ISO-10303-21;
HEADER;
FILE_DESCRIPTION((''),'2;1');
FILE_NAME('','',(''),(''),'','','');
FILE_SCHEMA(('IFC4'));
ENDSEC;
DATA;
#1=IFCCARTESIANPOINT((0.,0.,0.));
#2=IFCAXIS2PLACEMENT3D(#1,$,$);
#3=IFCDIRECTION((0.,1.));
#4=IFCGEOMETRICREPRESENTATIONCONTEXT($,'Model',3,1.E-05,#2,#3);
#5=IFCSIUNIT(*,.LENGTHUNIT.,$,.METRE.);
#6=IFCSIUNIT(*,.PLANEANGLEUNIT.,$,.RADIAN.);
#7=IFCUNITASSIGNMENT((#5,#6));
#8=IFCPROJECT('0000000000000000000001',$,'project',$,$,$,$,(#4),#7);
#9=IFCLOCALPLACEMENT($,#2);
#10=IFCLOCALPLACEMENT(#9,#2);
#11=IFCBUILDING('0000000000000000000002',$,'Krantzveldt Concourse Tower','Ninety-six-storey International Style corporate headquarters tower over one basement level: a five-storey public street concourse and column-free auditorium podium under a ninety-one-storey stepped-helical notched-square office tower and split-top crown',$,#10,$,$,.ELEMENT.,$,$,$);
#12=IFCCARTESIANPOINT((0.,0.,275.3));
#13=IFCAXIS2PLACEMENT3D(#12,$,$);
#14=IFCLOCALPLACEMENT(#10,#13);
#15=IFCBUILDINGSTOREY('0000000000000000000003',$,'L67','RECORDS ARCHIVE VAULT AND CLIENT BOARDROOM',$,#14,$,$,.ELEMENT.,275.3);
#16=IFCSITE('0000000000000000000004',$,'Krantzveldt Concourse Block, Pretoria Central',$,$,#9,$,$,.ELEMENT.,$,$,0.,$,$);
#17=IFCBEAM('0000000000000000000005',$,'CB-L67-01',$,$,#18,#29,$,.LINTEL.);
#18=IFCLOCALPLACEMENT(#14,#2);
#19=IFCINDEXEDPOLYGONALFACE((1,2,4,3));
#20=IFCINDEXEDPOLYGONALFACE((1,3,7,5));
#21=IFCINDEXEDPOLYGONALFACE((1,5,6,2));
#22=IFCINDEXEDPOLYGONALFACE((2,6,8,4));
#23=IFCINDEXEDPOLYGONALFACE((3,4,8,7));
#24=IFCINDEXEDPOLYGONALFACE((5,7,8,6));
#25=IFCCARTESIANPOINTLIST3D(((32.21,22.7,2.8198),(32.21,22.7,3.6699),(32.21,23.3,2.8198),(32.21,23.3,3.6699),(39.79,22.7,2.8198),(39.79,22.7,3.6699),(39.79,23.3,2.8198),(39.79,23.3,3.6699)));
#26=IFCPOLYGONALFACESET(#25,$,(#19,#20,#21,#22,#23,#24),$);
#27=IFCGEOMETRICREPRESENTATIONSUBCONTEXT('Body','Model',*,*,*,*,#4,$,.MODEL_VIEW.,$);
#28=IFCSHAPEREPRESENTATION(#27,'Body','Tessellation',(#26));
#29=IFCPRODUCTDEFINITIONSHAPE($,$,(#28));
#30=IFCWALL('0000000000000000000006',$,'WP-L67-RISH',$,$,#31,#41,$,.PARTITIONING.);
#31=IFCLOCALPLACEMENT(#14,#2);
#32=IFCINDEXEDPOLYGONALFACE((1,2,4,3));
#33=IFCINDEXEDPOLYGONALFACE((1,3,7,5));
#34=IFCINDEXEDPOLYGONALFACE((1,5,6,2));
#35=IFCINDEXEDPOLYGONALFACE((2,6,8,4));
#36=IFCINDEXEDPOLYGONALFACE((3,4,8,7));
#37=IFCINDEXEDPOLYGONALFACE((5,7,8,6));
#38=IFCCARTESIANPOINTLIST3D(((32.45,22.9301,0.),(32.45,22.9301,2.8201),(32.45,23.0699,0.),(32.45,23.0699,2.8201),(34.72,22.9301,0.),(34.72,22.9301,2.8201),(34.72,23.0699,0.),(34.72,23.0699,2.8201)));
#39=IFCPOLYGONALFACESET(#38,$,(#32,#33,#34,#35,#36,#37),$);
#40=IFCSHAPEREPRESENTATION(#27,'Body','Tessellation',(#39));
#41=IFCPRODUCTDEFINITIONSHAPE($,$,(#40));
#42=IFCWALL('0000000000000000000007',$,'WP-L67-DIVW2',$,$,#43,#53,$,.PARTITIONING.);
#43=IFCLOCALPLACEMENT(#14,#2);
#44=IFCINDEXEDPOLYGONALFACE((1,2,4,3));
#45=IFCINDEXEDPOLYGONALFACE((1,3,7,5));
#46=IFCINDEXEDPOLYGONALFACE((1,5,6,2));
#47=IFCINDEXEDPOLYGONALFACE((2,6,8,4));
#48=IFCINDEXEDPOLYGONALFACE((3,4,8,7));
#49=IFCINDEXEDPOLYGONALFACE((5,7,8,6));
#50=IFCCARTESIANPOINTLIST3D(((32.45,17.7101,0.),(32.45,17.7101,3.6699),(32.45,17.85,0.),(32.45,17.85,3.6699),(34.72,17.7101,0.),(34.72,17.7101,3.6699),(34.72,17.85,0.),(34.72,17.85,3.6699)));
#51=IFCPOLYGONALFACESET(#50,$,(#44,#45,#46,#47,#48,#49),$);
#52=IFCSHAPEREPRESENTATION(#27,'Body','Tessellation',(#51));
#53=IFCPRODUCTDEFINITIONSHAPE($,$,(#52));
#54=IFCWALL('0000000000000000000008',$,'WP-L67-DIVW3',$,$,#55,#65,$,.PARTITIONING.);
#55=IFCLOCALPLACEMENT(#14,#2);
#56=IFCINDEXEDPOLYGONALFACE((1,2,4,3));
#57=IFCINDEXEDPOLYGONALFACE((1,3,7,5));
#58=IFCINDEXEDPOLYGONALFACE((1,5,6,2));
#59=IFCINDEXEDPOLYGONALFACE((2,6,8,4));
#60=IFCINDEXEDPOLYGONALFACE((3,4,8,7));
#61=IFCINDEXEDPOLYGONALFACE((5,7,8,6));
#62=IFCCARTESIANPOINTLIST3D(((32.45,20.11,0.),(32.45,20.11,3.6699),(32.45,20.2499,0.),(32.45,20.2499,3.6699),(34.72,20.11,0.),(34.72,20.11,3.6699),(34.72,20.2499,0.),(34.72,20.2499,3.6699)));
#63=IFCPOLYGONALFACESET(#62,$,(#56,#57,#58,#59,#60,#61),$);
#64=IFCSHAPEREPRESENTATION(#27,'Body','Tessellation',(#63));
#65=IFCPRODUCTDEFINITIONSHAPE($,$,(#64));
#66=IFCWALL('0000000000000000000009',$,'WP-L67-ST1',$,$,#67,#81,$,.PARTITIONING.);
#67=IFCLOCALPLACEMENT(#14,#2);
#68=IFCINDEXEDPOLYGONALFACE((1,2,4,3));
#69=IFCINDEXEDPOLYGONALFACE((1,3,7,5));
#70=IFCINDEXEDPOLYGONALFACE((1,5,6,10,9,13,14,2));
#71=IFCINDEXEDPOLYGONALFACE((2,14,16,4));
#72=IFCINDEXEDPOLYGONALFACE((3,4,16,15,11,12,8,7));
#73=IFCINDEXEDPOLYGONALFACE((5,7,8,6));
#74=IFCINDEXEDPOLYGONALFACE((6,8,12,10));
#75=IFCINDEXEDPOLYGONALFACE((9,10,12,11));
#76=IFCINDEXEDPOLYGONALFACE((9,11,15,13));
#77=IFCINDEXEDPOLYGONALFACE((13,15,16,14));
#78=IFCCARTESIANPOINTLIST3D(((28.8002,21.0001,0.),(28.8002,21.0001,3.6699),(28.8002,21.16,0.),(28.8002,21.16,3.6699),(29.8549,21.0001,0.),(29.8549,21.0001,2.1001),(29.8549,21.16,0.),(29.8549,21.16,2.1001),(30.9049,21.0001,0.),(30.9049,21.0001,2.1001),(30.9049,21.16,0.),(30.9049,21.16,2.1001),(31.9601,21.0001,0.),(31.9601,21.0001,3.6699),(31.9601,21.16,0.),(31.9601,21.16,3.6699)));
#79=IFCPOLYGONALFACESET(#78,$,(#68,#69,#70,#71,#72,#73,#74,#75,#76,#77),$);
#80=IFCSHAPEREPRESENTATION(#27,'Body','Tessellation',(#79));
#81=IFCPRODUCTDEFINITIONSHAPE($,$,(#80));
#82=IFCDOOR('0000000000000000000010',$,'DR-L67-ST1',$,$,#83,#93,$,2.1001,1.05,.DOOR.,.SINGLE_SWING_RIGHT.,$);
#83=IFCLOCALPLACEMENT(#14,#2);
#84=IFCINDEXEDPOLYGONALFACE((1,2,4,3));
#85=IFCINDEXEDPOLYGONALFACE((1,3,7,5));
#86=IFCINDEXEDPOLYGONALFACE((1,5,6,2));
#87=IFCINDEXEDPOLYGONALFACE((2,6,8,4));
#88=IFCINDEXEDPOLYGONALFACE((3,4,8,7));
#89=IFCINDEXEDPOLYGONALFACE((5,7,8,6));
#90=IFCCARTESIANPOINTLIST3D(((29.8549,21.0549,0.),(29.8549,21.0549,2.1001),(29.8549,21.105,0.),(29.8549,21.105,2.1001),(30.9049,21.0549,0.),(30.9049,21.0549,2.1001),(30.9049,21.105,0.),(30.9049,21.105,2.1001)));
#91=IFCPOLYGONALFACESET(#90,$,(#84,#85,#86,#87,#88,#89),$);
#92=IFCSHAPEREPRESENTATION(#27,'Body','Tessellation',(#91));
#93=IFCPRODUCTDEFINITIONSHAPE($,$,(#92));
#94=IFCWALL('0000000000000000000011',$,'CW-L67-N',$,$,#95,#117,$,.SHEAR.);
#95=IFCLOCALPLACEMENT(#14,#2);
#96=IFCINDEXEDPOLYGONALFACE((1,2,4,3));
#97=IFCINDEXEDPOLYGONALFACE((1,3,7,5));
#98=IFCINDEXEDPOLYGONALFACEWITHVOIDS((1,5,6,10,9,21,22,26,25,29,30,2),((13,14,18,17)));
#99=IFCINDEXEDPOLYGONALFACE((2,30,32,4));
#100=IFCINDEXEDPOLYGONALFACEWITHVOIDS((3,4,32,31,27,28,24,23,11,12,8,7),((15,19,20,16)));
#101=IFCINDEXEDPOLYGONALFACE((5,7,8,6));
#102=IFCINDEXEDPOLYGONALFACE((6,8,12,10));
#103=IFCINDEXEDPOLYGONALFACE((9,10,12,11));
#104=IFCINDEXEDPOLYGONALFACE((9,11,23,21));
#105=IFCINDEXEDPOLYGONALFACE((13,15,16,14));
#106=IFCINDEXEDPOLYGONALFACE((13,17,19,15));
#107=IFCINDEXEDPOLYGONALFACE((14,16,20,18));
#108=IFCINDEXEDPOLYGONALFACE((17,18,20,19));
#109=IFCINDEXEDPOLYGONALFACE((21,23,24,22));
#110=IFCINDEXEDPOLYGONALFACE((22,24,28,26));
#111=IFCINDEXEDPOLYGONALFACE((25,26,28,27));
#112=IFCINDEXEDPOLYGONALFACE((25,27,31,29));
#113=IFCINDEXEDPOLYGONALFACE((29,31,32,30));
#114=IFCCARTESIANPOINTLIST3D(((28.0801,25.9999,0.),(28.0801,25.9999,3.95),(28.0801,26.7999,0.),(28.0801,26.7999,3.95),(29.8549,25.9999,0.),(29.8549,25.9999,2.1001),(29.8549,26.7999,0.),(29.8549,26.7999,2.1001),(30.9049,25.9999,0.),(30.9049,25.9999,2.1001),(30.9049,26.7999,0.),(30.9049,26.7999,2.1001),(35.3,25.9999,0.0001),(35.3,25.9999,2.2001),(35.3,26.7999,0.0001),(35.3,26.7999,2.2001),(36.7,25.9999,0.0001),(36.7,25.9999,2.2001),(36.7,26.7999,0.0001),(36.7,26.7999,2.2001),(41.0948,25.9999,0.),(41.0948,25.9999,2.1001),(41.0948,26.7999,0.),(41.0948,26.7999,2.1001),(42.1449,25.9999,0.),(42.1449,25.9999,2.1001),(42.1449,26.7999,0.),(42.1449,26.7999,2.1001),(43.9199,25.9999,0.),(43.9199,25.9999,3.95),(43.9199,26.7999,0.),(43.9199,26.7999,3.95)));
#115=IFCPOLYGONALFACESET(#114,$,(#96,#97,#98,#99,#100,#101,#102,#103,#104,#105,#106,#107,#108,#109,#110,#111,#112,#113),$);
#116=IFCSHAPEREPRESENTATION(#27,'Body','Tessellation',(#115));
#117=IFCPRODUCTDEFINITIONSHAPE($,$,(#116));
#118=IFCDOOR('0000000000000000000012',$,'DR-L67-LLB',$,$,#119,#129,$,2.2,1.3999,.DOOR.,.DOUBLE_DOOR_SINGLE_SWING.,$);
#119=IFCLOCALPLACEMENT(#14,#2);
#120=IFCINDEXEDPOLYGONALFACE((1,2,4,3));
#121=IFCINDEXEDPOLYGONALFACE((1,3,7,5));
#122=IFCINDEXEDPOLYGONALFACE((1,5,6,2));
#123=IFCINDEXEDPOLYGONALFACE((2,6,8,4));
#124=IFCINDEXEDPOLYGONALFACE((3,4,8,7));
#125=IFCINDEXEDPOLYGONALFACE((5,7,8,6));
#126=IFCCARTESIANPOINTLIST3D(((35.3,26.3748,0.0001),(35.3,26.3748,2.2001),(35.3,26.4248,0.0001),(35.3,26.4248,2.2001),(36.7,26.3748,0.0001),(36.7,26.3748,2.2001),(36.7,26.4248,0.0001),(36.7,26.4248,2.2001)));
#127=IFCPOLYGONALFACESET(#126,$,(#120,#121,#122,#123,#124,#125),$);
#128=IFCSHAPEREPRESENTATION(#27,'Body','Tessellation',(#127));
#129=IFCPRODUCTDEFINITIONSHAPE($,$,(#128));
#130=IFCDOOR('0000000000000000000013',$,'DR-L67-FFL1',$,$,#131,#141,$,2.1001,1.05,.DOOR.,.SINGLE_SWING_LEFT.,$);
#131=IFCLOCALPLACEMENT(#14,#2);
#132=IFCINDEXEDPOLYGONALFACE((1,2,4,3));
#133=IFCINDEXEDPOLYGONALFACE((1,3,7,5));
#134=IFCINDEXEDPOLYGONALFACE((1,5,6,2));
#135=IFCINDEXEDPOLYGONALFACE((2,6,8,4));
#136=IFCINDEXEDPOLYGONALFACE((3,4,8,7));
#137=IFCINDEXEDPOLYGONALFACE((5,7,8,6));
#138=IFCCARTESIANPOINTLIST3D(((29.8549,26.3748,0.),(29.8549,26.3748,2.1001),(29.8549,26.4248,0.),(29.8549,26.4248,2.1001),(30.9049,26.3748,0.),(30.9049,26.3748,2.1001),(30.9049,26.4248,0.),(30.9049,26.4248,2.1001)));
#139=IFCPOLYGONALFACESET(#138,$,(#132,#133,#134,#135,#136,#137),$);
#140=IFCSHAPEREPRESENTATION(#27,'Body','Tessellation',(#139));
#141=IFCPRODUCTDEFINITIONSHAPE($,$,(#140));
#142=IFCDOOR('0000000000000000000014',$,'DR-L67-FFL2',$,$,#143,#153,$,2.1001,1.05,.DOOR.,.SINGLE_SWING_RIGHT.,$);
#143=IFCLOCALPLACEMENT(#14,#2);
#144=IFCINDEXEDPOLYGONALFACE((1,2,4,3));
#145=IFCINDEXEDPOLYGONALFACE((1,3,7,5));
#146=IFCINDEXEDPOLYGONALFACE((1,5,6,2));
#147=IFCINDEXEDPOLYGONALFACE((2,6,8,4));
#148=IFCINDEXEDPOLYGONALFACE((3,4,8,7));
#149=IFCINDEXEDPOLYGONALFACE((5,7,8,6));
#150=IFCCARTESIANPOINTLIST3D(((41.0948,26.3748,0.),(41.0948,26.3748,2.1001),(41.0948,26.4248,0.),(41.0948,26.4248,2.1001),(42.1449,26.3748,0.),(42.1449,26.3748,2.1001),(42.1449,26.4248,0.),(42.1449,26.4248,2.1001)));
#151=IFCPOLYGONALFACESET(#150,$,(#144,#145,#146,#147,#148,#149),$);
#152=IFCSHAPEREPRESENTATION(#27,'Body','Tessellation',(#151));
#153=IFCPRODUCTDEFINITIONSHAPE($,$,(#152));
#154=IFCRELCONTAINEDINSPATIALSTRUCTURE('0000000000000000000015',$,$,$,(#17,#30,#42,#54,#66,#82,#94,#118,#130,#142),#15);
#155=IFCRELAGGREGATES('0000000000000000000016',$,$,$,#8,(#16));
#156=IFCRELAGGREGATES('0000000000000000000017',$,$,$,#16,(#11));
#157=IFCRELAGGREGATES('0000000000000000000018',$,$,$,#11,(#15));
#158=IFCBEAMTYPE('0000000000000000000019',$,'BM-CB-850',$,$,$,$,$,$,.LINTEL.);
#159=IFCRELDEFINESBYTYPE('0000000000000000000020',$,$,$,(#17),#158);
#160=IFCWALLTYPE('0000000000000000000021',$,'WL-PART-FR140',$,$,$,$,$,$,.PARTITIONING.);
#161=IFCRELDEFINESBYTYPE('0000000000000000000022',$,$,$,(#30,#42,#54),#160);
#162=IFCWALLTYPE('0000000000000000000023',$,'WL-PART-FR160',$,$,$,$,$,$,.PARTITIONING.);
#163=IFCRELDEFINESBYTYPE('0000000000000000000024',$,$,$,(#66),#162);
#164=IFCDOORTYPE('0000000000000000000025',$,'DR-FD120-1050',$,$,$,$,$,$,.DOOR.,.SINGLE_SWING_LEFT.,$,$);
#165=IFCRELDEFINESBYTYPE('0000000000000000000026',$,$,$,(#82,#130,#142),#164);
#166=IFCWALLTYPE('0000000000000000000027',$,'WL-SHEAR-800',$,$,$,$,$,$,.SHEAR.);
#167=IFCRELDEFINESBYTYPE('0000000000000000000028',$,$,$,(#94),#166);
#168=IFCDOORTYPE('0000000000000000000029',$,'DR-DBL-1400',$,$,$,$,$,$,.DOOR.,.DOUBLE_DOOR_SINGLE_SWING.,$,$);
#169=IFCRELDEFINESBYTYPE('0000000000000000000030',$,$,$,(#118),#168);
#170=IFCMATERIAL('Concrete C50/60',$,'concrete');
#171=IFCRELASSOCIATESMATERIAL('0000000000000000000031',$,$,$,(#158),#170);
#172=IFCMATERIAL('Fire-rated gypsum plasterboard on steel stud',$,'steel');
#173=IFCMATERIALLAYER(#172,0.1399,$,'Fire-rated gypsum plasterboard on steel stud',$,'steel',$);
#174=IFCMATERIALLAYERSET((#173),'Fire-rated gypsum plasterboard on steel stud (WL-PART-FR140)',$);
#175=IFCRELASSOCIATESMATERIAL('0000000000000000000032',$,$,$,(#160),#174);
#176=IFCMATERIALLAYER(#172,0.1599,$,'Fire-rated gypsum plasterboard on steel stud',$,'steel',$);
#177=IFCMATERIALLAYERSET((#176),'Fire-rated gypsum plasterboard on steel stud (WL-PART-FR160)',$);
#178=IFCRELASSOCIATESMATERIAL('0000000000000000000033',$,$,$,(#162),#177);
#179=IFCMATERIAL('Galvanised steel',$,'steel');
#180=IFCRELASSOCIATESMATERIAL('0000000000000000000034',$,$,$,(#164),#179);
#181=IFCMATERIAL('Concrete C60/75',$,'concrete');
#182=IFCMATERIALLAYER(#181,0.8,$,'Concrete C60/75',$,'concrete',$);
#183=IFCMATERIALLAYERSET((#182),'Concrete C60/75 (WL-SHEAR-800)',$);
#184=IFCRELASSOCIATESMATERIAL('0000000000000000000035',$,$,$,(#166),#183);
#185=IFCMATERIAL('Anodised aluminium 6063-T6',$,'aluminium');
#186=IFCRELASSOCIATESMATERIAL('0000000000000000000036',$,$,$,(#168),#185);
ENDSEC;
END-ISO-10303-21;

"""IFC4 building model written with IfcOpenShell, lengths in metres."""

from ifc_helpers import new_model, si_unit, direction, frame, frame_2d, origin, origin_2d, place, context, subcontext, project, spatial, rectangle, extrude, source, transform, mapped, material, layer, layer_set, material_profile, profile_set, type_object, type_shapes, element, fill, save


model = new_model("IFC4")

# Units and contexts
model_context = context("Model", 3, precision=1e-05, world=origin(), true_north=direction((0.0, 1.0)))
body_context = subcontext(model_context, "Body", "Model", "MODEL_VIEW")
ifc_project = project(units=[si_unit("LENGTHUNIT", "METRE"), si_unit("PLANEANGLEUNIT", "RADIAN")], contexts=[model_context])

# Site, building, storey
site_placement = place(None, origin())
site = spatial("IfcSite", under=ifc_project, at=site_placement, Name="Krantzveldt Concourse Block, Pretoria Central", CompositionType="ELEMENT", RefElevation=0.0)
building_placement = place(site_placement, origin())
building = spatial("IfcBuilding", under=site, at=building_placement, Name="Krantzveldt Concourse Tower", Description="Ninety-six-storey International Style corporate headquarters tower over one basement level: a five-storey public street concourse and column-free auditorium podium under a ninety-one-storey stepped-helical notched-square office tower and split-top crown", CompositionType="ELEMENT")
storey_placement = place(building_placement, frame((0.0, 0.0, 275.3)))
storey = spatial("IfcBuildingStorey", under=building, at=storey_placement, Name="L67", Description="RECORDS ARCHIVE VAULT AND CLIENT BOARDROOM", CompositionType="ELEMENT", Elevation=275.3)

# Beam
ifc_material_1 = material(Name="Concrete C50/60", Category="concrete")
ifc_material_profile = material_profile(ifc_material_1, rectangle(XDim=0.6001, YDim=0.8501, at=origin_2d()), Name="Concrete C50/60", Category="concrete")
ifc_profile_set = profile_set([ifc_material_profile], Name="Concrete C50/60 - RC-CB 600x850")
beam_type = type_object("IfcBeamType", Name="BM-CB-850", PredefinedType="LINTEL", material=ifc_profile_set)
shared_shape = source(origin(), body_context, "Body", "SweptSolid", [
    extrude(rectangle(XDim=0.6001, YDim=0.8501, at=origin_2d()), origin(), (0.0, 0.0, 1.0), 7.5801),
])
type_shapes(beam_type, [shared_shape])
beam_placement = place(storey_placement, frame((32.21, 23.0, 3.2449), z_axis=(1.0, 0.0, 0.0), x_axis=(0.0, 1.0, 0.0)))
element("IfcBeam", 1, at=beam_placement, inside=storey, type_object=beam_type, Name="CB-L67-01", PredefinedType="LINTEL", context=body_context, shape_type="MappedRepresentation", body=[
    mapped(shared_shape, transform((0.0, 0.0, 0.0), x_axis=(1.0, 0.0, 0.0), y_axis=(0.0, 1.0, 0.0), z_axis=(0.0, 0.0, 1.0), scale=1.0)),
])

# Walls
ifc_material_2 = material(Name="Fire-rated gypsum plasterboard on steel stud", Category="steel")
ifc_layer_1 = layer(ifc_material_2, 0.1399, Name="Fire-rated gypsum plasterboard on steel stud", Category="steel")
ifc_layer_set_1 = layer_set([ifc_layer_1], Name="Fire-rated gypsum plasterboard on steel stud (WL-PART-FR140)")
wall_type_1 = type_object("IfcWallType", Name="WL-PART-FR140", PredefinedType="PARTITIONING", material=ifc_layer_set_1)
wall_1_placement = place(storey_placement, frame((32.45, 23.0, 0.0), z_axis=(0.0, 0.0, 1.0), x_axis=(1.0, 0.0, 0.0)))
element("IfcWall", 2, at=wall_1_placement, inside=storey, type_object=wall_type_1, Name="WP-L67-RISH", PredefinedType="PARTITIONING", context=body_context, shape_type="SweptSolid", body=[
    extrude(rectangle(XDim=2.27, YDim=0.1399, at=frame_2d((1.135, 0.0))), origin(), (0.0, 0.0, 1.0), 2.8201),
])
for number, where, z_axis, x_axis, name in (
    (3, (32.45, 17.78, 0.0), (0.0, 0.0, 1.0), (1.0, 0.0, 0.0), "WP-L67-DIVW2"),
    (4, (32.45, 20.1799, 0.0), (0.0, 0.0, 1.0), (1.0, 0.0, 0.0), "WP-L67-DIVW3"),
):
    element("IfcWall", number, at=place(storey_placement, frame(where, z_axis=z_axis, x_axis=x_axis)), inside=storey, type_object=wall_type_1, Name=name, PredefinedType="PARTITIONING", context=body_context, shape_type="SweptSolid", body=[
        extrude(rectangle(XDim=2.27, YDim=0.1399, at=frame_2d((1.135, 0.0))), origin(), (0.0, 0.0, 1.0), 3.6699),
    ])

# Wall, opening, door
ifc_layer_2 = layer(ifc_material_2, 0.1599, Name="Fire-rated gypsum plasterboard on steel stud", Category="steel")
ifc_layer_set_2 = layer_set([ifc_layer_2], Name="Fire-rated gypsum plasterboard on steel stud (WL-PART-FR160)")
wall_type_2 = type_object("IfcWallType", Name="WL-PART-FR160", PredefinedType="PARTITIONING", material=ifc_layer_set_2)
wall_2_placement = place(storey_placement, frame((28.8, 21.0801, 0.0), z_axis=(0.0, 0.0, 1.0), x_axis=(1.0, 0.0, 0.0)))
wall_2 = element("IfcWall", 5, at=wall_2_placement, inside=storey, type_object=wall_type_2, Name="WP-L67-ST1", PredefinedType="PARTITIONING", context=body_context, shape_type="SweptSolid", body=[
    extrude(rectangle(XDim=3.1599, YDim=0.1599, at=frame_2d((1.5801, 0.0))), origin(), (0.0, 0.0, 1.0), 3.6699),
])
opening_1_placement = place(wall_2_placement, frame((1.0549, 0.0, 0.0)))
opening_1 = element("IfcOpeningElement", 6, at=opening_1_placement, cuts=wall_2, PredefinedType="OPENING", context=body_context, shape_type="SweptSolid", body=[
    extrude(rectangle(XDim=1.05, YDim=2.1001, at=frame_2d((0.5249, 1.05))), frame((0.0, 0.0898, 0.0), z_axis=(0.0, -1.0, 0.0), x_axis=(1.0, 0.0, 0.0)), (0.0, 0.0, 1.0), 0.1799),
])
ifc_material_3 = material(Name="Galvanised steel", Category="steel")
door_type_1 = type_object("IfcDoorType", Name="DR-FD120-1050", OperationType="SINGLE_SWING_LEFT", PredefinedType="DOOR", material=ifc_material_3)
door_1_placement = place(opening_1_placement, origin())
door_1 = element("IfcDoor", 7, at=door_1_placement, inside=storey, type_object=door_type_1, Name="DR-L67-ST1", OperationType="SINGLE_SWING_RIGHT", OverallHeight=2.1001, OverallWidth=1.05, PredefinedType="DOOR", context=body_context, shape_type="SweptSolid", body=[
    extrude(rectangle(XDim=1.05, YDim=2.1001, at=frame_2d((0.5249, 1.05))), frame((0.0, 0.0249, 0.0), z_axis=(0.0, -1.0, 0.0), x_axis=(1.0, 0.0, 0.0)), (0.0, 0.0, 1.0), 0.05),
])
fill(opening_1, door_1)

# Wall, openings, doors
ifc_material_4 = material(Name="Concrete C60/75", Category="concrete")
ifc_layer_3 = layer(ifc_material_4, 0.8, Name="Concrete C60/75", Category="concrete")
ifc_layer_set_3 = layer_set([ifc_layer_3], Name="Concrete C60/75 (WL-SHEAR-800)")
wall_type_3 = type_object("IfcWallType", Name="WL-SHEAR-800", PredefinedType="SHEAR", material=ifc_layer_set_3)
wall_3_placement = place(storey_placement, frame((28.0801, 26.3999, 0.0), z_axis=(0.0, 0.0, 1.0), x_axis=(1.0, 0.0, 0.0)))
wall_3 = element("IfcWall", 8, at=wall_3_placement, inside=storey, type_object=wall_type_3, Name="CW-L67-N", PredefinedType="SHEAR", context=body_context, shape_type="SweptSolid", body=[
    extrude(rectangle(XDim=15.8398, YDim=0.8, at=frame_2d((7.9199, 0.0))), origin(), (0.0, 0.0, 1.0), 3.95),
])
opening_2_placement = place(wall_3_placement, frame((7.22, 0.0, 0.0)))
opening_2 = element("IfcOpeningElement", 9, at=opening_2_placement, cuts=wall_3, PredefinedType="OPENING", context=body_context, shape_type="SweptSolid", body=[
    extrude(rectangle(XDim=1.3999, YDim=2.2, at=frame_2d((0.7, 1.1001))), frame((0.0, 0.4102, 0.0), z_axis=(0.0, -1.0, 0.0), x_axis=(1.0, 0.0, 0.0)), (0.0, 0.0, 1.0), 0.8201),
])
opening_3_placement = place(wall_3_placement, frame((1.7749, 0.0, 0.0)))
opening_3 = element("IfcOpeningElement", 10, at=opening_3_placement, cuts=wall_3, PredefinedType="OPENING", context=body_context, shape_type="SweptSolid", body=[
    extrude(rectangle(XDim=1.05, YDim=2.1001, at=frame_2d((0.5249, 1.05))), frame((0.0, 0.4102, 0.0), z_axis=(0.0, -1.0, 0.0), x_axis=(1.0, 0.0, 0.0)), (0.0, 0.0, 1.0), 0.8201),
])
opening_4_placement = place(wall_3_placement, frame((13.0149, 0.0, 0.0)))
opening_4 = element("IfcOpeningElement", 11, at=opening_4_placement, cuts=wall_3, PredefinedType="OPENING", context=body_context, shape_type="SweptSolid", body=[
    extrude(rectangle(XDim=1.05, YDim=2.1001, at=frame_2d((0.5249, 1.05))), frame((0.0, 0.4102, 0.0), z_axis=(0.0, -1.0, 0.0), x_axis=(1.0, 0.0, 0.0)), (0.0, 0.0, 1.0), 0.8201),
])
ifc_material_5 = material(Name="Anodised aluminium 6063-T6", Category="aluminium")
door_type_2 = type_object("IfcDoorType", Name="DR-DBL-1400", OperationType="DOUBLE_DOOR_SINGLE_SWING", PredefinedType="DOOR", material=ifc_material_5)
door_2_placement = place(opening_2_placement, origin())
door_2 = element("IfcDoor", 12, at=door_2_placement, inside=storey, type_object=door_type_2, Name="DR-L67-LLB", OperationType="DOUBLE_DOOR_SINGLE_SWING", OverallHeight=2.2, OverallWidth=1.3999, PredefinedType="DOOR", context=body_context, shape_type="SweptSolid", body=[
    extrude(rectangle(XDim=1.3999, YDim=2.2, at=frame_2d((0.7, 1.1001))), frame((0.0, 0.0249, 0.0), z_axis=(0.0, -1.0, 0.0), x_axis=(1.0, 0.0, 0.0)), (0.0, 0.0, 1.0), 0.05),
])
fill(opening_2, door_2)
door_3_placement = place(opening_3_placement, origin())
door_3 = element("IfcDoor", 13, at=door_3_placement, inside=storey, type_object=door_type_1, Name="DR-L67-FFL1", OperationType="SINGLE_SWING_LEFT", OverallHeight=2.1001, OverallWidth=1.05, PredefinedType="DOOR", context=body_context, shape_type="SweptSolid", body=[
    extrude(rectangle(XDim=1.05, YDim=2.1001, at=frame_2d((0.5249, 1.05))), frame((0.0, 0.0249, 0.0), z_axis=(0.0, -1.0, 0.0), x_axis=(1.0, 0.0, 0.0)), (0.0, 0.0, 1.0), 0.05),
])
fill(opening_3, door_3)
door_4_placement = place(opening_4_placement, origin())
door_4 = element("IfcDoor", 14, at=door_4_placement, inside=storey, type_object=door_type_1, Name="DR-L67-FFL2", OperationType="SINGLE_SWING_RIGHT", OverallHeight=2.1001, OverallWidth=1.05, PredefinedType="DOOR", context=body_context, shape_type="SweptSolid", body=[
    extrude(rectangle(XDim=1.05, YDim=2.1001, at=frame_2d((0.5249, 1.05))), frame((0.0, 0.0249, 0.0), z_axis=(0.0, -1.0, 0.0), x_axis=(1.0, 0.0, 0.0)), (0.0, 0.0, 1.0), 0.05),
])
fill(opening_4, door_4)

save(model, "model.ifc")
